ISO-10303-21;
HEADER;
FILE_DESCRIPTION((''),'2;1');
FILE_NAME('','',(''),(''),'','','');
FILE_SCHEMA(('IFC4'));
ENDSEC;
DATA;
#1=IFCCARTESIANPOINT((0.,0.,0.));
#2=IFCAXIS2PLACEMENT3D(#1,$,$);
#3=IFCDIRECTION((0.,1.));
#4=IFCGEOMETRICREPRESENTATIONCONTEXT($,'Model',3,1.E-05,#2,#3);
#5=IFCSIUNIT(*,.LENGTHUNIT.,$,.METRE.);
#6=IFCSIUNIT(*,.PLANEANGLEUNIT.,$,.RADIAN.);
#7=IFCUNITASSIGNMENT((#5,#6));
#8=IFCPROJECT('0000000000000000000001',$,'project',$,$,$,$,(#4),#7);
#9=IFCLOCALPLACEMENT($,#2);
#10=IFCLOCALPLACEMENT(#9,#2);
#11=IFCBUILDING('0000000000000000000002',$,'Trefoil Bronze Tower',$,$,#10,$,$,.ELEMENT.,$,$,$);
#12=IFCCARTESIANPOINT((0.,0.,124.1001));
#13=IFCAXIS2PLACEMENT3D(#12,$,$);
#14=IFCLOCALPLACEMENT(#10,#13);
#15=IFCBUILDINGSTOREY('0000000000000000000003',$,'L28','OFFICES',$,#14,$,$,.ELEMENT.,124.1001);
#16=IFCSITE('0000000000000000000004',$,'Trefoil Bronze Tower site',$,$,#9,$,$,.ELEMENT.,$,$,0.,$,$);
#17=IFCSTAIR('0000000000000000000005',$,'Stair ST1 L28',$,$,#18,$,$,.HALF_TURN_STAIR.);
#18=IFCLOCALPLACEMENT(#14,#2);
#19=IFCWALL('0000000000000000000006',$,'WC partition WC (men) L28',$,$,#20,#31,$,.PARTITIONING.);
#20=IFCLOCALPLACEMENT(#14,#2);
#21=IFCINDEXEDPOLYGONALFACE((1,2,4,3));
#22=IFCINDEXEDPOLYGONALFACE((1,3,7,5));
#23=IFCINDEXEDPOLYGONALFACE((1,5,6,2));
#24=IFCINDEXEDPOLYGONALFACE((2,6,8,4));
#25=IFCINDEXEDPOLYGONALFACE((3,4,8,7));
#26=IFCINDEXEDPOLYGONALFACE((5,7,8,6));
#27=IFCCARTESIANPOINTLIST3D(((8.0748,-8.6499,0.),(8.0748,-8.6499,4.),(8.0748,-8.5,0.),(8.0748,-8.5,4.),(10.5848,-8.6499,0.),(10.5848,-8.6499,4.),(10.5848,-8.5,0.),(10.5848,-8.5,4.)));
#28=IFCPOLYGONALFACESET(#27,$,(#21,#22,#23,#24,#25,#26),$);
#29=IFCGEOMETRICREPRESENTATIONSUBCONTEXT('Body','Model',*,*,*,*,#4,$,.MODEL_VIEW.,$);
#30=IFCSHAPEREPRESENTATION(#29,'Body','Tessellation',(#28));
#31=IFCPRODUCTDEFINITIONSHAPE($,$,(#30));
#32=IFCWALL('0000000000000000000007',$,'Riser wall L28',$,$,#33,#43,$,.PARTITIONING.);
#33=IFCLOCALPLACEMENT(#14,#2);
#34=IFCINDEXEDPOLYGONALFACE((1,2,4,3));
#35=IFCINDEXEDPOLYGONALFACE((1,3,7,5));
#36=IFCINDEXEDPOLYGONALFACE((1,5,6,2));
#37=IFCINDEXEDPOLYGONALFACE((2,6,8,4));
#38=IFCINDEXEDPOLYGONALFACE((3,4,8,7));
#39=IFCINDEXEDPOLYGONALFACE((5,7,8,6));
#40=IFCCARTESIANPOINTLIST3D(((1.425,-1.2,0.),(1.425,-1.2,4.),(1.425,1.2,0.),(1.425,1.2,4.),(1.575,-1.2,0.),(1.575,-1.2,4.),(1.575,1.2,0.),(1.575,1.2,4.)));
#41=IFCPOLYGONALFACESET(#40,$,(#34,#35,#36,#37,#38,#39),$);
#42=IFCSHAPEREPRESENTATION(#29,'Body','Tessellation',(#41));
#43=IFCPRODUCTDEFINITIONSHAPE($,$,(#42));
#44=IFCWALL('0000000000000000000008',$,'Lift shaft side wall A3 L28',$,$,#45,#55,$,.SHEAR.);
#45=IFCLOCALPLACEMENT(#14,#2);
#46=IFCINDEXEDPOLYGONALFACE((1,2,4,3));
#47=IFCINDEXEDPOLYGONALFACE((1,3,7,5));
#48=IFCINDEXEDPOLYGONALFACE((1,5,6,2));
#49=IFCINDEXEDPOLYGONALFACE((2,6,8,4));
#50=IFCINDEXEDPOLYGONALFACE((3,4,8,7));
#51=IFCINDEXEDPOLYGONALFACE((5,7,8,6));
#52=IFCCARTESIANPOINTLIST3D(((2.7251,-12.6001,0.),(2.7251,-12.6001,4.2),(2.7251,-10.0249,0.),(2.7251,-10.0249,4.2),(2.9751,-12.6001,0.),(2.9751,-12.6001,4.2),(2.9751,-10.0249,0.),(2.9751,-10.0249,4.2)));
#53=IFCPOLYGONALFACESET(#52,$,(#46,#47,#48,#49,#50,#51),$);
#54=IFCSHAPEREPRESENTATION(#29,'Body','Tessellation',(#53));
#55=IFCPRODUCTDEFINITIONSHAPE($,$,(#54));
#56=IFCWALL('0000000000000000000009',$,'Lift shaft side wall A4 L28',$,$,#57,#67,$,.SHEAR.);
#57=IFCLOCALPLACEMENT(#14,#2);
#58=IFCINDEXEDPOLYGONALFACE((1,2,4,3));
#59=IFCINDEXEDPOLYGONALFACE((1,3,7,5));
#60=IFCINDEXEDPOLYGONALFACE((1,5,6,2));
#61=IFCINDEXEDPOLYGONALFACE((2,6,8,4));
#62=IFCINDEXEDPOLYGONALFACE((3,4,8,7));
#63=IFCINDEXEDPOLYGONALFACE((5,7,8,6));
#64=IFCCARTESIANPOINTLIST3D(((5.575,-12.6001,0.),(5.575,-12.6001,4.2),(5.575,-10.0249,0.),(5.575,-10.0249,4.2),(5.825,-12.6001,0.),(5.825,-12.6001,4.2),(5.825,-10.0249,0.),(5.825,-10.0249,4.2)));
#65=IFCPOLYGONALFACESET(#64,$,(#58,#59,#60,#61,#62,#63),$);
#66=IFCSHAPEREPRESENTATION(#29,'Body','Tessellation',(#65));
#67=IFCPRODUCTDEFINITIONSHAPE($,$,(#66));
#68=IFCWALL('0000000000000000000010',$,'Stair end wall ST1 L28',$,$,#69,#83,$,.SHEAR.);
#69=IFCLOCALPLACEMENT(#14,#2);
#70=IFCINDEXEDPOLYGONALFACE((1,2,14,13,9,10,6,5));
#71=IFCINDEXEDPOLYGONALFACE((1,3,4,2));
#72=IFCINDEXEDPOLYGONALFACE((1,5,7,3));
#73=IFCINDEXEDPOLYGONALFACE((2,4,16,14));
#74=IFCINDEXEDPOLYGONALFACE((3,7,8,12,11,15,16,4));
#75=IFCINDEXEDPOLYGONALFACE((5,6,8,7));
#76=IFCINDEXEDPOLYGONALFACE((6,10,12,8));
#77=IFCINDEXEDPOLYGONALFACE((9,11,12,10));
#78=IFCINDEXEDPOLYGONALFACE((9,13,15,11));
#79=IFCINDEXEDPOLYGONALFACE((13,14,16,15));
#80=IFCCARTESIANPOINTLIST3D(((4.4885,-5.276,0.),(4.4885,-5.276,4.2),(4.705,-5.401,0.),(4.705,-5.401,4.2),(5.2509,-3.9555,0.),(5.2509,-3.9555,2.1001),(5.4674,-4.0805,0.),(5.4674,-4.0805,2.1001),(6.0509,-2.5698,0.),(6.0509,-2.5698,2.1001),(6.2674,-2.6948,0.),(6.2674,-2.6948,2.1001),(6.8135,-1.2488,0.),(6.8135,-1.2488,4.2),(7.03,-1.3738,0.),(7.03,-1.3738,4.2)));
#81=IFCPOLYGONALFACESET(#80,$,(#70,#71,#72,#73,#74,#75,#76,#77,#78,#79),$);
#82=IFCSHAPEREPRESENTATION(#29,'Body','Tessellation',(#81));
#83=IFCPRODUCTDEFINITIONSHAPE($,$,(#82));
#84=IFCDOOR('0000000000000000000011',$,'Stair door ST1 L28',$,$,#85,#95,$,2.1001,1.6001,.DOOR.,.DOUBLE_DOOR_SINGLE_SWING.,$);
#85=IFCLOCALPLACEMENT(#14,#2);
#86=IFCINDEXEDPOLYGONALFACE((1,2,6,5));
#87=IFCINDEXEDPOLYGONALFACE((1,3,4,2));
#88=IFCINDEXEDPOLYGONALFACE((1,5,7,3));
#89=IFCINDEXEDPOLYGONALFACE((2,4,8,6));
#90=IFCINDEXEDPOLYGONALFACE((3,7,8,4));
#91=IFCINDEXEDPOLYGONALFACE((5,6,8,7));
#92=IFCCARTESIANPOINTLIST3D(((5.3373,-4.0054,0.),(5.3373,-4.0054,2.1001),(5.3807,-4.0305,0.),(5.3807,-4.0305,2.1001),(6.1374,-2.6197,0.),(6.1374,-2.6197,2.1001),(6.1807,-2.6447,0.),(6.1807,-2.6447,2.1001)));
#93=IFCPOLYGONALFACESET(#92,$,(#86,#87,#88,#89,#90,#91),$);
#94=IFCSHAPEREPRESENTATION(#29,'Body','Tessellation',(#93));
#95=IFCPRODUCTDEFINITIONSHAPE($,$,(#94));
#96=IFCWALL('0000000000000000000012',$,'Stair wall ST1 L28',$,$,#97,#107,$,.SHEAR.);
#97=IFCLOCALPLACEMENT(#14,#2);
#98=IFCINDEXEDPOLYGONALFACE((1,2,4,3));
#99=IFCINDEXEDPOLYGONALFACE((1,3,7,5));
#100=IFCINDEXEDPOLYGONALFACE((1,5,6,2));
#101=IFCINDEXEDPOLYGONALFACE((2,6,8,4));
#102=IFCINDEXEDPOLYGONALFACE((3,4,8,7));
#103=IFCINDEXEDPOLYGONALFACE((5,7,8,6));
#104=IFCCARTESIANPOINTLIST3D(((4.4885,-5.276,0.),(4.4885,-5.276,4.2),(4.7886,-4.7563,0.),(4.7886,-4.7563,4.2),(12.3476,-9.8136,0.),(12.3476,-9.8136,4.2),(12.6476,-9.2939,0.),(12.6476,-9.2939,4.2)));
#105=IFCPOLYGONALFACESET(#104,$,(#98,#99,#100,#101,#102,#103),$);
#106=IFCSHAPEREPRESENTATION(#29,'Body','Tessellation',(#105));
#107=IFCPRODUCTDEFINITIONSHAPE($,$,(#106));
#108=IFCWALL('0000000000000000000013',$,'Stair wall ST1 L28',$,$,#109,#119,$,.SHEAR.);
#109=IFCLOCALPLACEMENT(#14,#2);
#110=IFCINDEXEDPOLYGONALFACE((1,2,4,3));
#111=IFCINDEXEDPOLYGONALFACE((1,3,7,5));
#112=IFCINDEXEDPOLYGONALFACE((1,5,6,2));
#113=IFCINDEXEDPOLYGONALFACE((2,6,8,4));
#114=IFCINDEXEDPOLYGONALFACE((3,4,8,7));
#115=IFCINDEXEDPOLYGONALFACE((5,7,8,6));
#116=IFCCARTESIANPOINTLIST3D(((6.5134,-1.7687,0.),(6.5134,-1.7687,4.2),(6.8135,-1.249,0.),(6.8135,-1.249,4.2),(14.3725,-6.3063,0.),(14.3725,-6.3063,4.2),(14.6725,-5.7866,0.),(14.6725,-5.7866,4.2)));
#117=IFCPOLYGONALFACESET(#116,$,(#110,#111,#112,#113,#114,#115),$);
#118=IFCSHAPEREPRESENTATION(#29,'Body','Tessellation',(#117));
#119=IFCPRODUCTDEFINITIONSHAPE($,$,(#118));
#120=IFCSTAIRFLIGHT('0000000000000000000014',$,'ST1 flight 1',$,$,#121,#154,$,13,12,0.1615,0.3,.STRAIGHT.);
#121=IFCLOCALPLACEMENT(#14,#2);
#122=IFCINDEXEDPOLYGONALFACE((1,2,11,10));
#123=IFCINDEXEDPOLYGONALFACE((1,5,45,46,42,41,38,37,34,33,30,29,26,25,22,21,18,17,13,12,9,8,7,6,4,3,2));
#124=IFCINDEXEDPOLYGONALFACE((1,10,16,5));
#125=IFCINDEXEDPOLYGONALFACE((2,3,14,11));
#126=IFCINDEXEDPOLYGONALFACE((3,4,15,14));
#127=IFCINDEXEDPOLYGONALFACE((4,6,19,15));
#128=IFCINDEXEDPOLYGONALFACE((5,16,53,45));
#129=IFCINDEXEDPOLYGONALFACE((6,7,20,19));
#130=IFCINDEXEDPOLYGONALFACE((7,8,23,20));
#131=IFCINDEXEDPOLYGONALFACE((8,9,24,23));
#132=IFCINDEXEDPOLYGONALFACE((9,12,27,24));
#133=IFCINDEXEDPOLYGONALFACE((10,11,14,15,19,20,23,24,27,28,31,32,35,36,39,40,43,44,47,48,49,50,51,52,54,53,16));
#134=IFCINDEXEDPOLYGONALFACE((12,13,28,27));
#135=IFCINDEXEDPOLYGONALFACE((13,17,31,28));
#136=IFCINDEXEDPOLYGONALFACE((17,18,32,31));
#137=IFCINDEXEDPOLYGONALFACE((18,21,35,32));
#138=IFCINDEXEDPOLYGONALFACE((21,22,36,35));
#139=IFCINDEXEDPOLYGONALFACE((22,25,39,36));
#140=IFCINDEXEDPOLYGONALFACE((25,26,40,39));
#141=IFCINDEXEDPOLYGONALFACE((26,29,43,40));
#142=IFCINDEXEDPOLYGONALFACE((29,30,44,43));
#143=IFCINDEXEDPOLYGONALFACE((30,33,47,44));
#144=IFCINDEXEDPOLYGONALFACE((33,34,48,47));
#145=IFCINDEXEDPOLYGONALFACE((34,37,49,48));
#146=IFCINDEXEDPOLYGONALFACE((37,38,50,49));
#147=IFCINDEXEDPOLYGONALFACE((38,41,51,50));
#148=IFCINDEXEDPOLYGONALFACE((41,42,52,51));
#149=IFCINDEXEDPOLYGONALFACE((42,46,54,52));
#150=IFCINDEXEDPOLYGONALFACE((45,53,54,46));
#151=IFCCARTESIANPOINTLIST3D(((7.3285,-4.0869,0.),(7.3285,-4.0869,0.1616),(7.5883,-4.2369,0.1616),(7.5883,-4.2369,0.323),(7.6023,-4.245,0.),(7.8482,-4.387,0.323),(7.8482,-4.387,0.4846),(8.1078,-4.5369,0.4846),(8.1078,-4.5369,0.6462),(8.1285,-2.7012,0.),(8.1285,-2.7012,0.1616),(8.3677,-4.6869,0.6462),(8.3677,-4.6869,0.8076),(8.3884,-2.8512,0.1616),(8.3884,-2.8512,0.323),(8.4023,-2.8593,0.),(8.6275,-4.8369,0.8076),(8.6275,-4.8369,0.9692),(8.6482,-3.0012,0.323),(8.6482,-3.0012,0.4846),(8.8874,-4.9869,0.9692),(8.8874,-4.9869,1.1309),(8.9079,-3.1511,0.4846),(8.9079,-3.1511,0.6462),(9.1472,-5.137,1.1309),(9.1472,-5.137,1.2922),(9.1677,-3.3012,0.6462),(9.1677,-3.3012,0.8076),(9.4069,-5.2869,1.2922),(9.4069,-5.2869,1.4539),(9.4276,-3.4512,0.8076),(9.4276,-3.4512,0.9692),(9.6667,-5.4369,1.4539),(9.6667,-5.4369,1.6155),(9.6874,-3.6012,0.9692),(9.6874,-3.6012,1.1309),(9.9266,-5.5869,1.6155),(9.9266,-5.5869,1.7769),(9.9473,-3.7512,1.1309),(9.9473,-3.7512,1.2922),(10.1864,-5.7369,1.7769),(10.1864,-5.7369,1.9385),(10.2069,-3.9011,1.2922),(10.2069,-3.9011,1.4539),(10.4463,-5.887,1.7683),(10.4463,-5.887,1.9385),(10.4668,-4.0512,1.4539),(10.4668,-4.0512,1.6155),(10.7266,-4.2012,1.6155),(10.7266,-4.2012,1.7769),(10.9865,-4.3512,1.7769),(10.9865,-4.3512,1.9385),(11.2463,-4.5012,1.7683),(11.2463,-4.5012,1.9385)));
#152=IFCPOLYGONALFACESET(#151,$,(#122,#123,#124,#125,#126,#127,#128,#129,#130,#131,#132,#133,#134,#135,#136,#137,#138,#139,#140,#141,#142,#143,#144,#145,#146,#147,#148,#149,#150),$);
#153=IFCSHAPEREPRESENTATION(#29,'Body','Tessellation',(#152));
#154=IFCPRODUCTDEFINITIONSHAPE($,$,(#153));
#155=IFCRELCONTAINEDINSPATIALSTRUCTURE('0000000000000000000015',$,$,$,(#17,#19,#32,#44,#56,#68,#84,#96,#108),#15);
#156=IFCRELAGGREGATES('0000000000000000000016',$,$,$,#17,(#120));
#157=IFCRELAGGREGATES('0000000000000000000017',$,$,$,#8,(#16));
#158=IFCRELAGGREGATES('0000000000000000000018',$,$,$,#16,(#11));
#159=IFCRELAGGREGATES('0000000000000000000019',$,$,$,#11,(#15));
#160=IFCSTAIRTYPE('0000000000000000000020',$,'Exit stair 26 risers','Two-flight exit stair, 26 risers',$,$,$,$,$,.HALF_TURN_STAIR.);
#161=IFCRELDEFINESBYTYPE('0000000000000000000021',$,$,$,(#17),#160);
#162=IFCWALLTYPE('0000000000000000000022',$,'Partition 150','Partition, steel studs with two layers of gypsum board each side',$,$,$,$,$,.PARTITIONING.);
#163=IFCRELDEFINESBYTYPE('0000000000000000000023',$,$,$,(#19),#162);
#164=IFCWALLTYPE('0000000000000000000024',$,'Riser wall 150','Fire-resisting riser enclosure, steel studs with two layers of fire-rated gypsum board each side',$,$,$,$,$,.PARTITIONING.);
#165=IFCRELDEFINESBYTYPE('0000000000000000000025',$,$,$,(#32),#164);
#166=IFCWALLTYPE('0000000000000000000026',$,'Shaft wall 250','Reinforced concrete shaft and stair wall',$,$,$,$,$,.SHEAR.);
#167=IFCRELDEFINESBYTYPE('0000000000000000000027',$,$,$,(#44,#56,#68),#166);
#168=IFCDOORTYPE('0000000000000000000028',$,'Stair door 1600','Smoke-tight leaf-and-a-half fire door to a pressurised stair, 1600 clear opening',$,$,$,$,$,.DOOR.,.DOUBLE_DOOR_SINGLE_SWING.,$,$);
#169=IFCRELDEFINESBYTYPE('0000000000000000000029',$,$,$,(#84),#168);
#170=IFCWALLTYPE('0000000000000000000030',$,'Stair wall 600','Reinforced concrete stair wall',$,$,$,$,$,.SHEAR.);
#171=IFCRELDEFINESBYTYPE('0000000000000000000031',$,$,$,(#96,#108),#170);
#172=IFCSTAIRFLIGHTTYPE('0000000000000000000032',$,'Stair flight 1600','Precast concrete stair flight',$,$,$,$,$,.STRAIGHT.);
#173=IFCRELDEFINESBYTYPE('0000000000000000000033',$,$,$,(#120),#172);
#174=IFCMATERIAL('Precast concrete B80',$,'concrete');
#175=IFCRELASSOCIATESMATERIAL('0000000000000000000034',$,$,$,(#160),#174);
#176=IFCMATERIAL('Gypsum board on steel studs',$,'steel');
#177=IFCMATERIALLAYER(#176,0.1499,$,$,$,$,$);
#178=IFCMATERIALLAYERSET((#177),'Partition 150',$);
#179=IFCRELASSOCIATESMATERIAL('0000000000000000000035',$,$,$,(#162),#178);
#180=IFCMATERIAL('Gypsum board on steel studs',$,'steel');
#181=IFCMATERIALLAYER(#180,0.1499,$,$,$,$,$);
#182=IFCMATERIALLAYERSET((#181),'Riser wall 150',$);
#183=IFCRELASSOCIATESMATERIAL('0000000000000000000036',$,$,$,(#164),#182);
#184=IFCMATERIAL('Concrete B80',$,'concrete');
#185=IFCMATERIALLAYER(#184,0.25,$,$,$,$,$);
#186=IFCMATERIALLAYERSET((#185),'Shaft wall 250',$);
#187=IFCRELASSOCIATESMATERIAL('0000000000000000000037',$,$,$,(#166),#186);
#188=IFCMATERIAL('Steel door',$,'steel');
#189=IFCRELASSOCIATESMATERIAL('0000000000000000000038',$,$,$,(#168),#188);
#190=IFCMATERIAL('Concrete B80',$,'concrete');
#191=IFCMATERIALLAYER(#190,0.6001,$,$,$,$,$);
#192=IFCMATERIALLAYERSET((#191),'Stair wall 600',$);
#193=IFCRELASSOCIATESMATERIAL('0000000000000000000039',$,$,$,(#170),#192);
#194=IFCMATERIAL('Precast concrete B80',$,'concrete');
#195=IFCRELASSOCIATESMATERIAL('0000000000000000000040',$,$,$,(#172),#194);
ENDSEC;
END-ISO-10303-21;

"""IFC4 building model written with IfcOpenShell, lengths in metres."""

from ifc_helpers import new_model, si_unit, direction, frame, frame_2d, origin, place, context, subcontext, project, spatial, polyline, rectangle, outline, extrude, material, layer, layer_set, type_object, element, fill, aggregate, save


model = new_model("IFC4")

# Units and contexts
model_context = context("Model", 3, precision=1e-05, world=origin(), true_north=direction((0.0, 1.0)))
body_context = subcontext(model_context, "Body", "Model", "MODEL_VIEW")
ifc_project = project(units=[si_unit("LENGTHUNIT", "METRE"), si_unit("PLANEANGLEUNIT", "RADIAN")], contexts=[model_context])

# Site, building, storey
site_placement = place(None, origin())
site = spatial("IfcSite", under=ifc_project, at=site_placement, Name="Trefoil Bronze Tower site", CompositionType="ELEMENT", RefElevation=0.0)
building_placement = place(site_placement, origin())
building = spatial("IfcBuilding", under=site, at=building_placement, Name="Trefoil Bronze Tower", CompositionType="ELEMENT")
storey_placement = place(building_placement, frame((0.0, 0.0, 124.1001)))
storey = spatial("IfcBuildingStorey", under=building, at=storey_placement, Name="L28", Description="OFFICES", CompositionType="ELEMENT", Elevation=124.1001)

# Stair
ifc_material_1 = material(Name="Precast concrete B80", Category="concrete")
stair_type = type_object("IfcStairType", Name="Exit stair 26 risers", Description="Two-flight exit stair, 26 risers", PredefinedType="HALF_TURN_STAIR", material=ifc_material_1)
stair_1_placement = place(storey_placement, origin())
stair_1 = element("IfcStair", 1, at=stair_1_placement, inside=storey, type_object=stair_type, Name="Stair ST1 L28", PredefinedType="HALF_TURN_STAIR")

# Shared definitions
ifc_material_2 = material(Name="Gypsum board on steel studs", Category="steel")
ifc_layer_1 = layer(ifc_material_2, 0.1499)
ifc_layer_set_1 = layer_set([ifc_layer_1], Name="Partition 150")
wall_type_1 = type_object("IfcWallType", Name="Partition 150", Description="Partition, steel studs with two layers of gypsum board each side", PredefinedType="PARTITIONING", material=ifc_layer_set_1)

# Walls
wall_1_placement = place(storey_placement, frame((8.075, -8.575, 0.0), z_axis=(0.0, 0.0, 1.0), x_axis=(1.0, 0.0, 0.0)))
element("IfcWall", 2, at=wall_1_placement, inside=storey, type_object=wall_type_1, Name="WC partition WC (men) L28", PredefinedType="PARTITIONING", context=body_context, shape_type="SweptSolid", body=[
    extrude(rectangle(XDim=2.51, YDim=0.1499, at=frame_2d((1.2549, 0.0))), origin(), (0.0, 0.0, 1.0), 4.0),
])
ifc_material_3 = material(Name="Gypsum board on steel studs", Category="steel")
ifc_layer_2 = layer(ifc_material_3, 0.1499)
ifc_layer_set_2 = layer_set([ifc_layer_2], Name="Riser wall 150")
wall_type_2 = type_object("IfcWallType", Name="Riser wall 150", Description="Fire-resisting riser enclosure, steel studs with two layers of fire-rated gypsum board each side", PredefinedType="PARTITIONING", material=ifc_layer_set_2)
wall_2_placement = place(storey_placement, frame((1.5, -1.2, 0.0), z_axis=(0.0, 0.0, 1.0), x_axis=(0.0, 1.0, 0.0)))
element("IfcWall", 3, at=wall_2_placement, inside=storey, type_object=wall_type_2, Name="Riser wall L28", PredefinedType="PARTITIONING", context=body_context, shape_type="SweptSolid", body=[
    extrude(rectangle(XDim=2.3999, YDim=0.1499, at=frame_2d((1.2, 0.0))), origin(), (0.0, 0.0, 1.0), 4.0),
])
ifc_material_4 = material(Name="Concrete B80", Category="concrete")
ifc_layer_3 = layer(ifc_material_4, 0.25)
ifc_layer_set_3 = layer_set([ifc_layer_3], Name="Shaft wall 250")
wall_type_3 = type_object("IfcWallType", Name="Shaft wall 250", Description="Reinforced concrete shaft and stair wall", PredefinedType="SHEAR", material=ifc_layer_set_3)
for number, where, z_axis, x_axis, name in (
    (4, (2.8501, -10.0249, 0.0), (0.0, 0.0, 1.0), (0.0, -1.0, 0.0), "Lift shaft side wall A3 L28"),
    (5, (5.7, -10.0249, 0.0), (0.0, 0.0, 1.0), (0.0, -1.0, 0.0), "Lift shaft side wall A4 L28"),
):
    element("IfcWall", number, at=place(storey_placement, frame(where, z_axis=z_axis, x_axis=x_axis)), inside=storey, type_object=wall_type_3, Name=name, PredefinedType="SHEAR", context=body_context, shape_type="SweptSolid", body=[
        extrude(rectangle(XDim=2.5752, YDim=0.25, at=frame_2d((1.2876, 0.0))), origin(), (0.0, 0.0, 1.0), 4.2),
    ])

# Wall, opening, door
wall_3_placement = place(storey_placement, frame((4.5967, -5.3386, 0.0), z_axis=(0.0, 0.0, 1.0), x_axis=(0.499985, 0.866034, 0.0)))
wall_3 = element("IfcWall", 6, at=wall_3_placement, inside=storey, type_object=wall_type_3, Name="Stair end wall ST1 L28", PredefinedType="SHEAR", context=body_context, shape_type="SweptSolid", body=[
    extrude(rectangle(XDim=4.6501, YDim=0.25, at=frame_2d((2.3252, 0.0))), origin(), (0.0, 0.0, 1.0), 4.2),
])
opening_1_placement = place(wall_3_placement, frame((1.5249, 0.0, 0.0)))
opening_1 = element("IfcOpeningElement", 7, at=opening_1_placement, cuts=wall_3, PredefinedType="OPENING", context=body_context, shape_type="SweptSolid", body=[
    extrude(rectangle(XDim=1.6001, YDim=2.1001, at=frame_2d((0.8, 1.05))), frame((0.0, 0.135, 0.0), z_axis=(0.0, -1.0, 0.0), x_axis=(1.0, 0.0, 0.0)), (0.0, 0.0, 1.0), 0.27),
])
ifc_material_5 = material(Name="Steel door", Category="steel")
door_type_1 = type_object("IfcDoorType", Name="Stair door 1600", Description="Smoke-tight leaf-and-a-half fire door to a pressurised stair, 1600 clear opening", OperationType="DOUBLE_DOOR_SINGLE_SWING", PredefinedType="DOOR", material=ifc_material_5)
door_1_placement = place(opening_1_placement, frame((1.6001, 0.0, 0.0), z_axis=(0.0, 0.0, 1.0), x_axis=(-1.0, 0.0, 0.0)))
door_1 = element("IfcDoor", 8, at=door_1_placement, inside=storey, type_object=door_type_1, Name="Stair door ST1 L28", OperationType="DOUBLE_DOOR_SINGLE_SWING", OverallHeight=2.1001, OverallWidth=1.6001, PredefinedType="DOOR", context=body_context, shape_type="SweptSolid", body=[
    extrude(rectangle(XDim=1.6001, YDim=2.1001, at=frame_2d((0.8, 1.05))), frame((0.0, 0.0249, 0.0), z_axis=(0.0, -1.0, 0.0), x_axis=(1.0, 0.0, 0.0)), (0.0, 0.0, 1.0), 0.05),
])
fill(opening_1, door_1)

# Walls
ifc_material_6 = material(Name="Concrete B80", Category="concrete")
ifc_layer_4 = layer(ifc_material_6, 0.6001)
ifc_layer_set_4 = layer_set([ifc_layer_4], Name="Stair wall 600")
wall_type_4 = type_object("IfcWallType", Name="Stair wall 600", Description="Reinforced concrete stair wall", PredefinedType="SHEAR", material=ifc_layer_set_4)
for number, where, z_axis, x_axis, name in (
    (9, (4.6384, -5.0161, 0.0), (0.0, 0.0, 1.0), (0.866019, -0.50001, 0.0), "Stair wall ST1 L28"),
    (10, (6.6633, -1.5088, 0.0), (0.0, 0.0, 1.0), (0.866019, -0.50001, 0.0), "Stair wall ST1 L28"),
):
    element("IfcWall", number, at=place(storey_placement, frame(where, z_axis=z_axis, x_axis=x_axis)), inside=storey, type_object=wall_type_4, Name=name, PredefinedType="SHEAR", context=body_context, shape_type="SweptSolid", body=[
        extrude(rectangle(XDim=9.075, YDim=0.6001, at=frame_2d((4.5376, 0.0))), origin(), (0.0, 0.0, 1.0), 4.2),
    ])

# Stair flight
ifc_material_7 = material(Name="Precast concrete B80", Category="concrete")
stair_flight_type = type_object("IfcStairFlightType", Name="Stair flight 1600", Description="Precast concrete stair flight", PredefinedType="STRAIGHT", material=ifc_material_7)
stair_flight_placement = place(storey_placement, frame((7.7285, -3.394, 0.0), z_axis=(0.0, 0.0, 1.0), x_axis=(0.866025, -0.5, 0.0)))
stair_flight = element("IfcStairFlight", 11, at=stair_flight_placement, type_object=stair_flight_type, Name="ST1 flight 1", NumberOfRisers=13, NumberOfTreads=12, PredefinedType="STRAIGHT", RiserHeight=0.1615, TreadLength=0.3, context=body_context, shape_type="SweptSolid", body=[
    extrude(outline(polyline([(0.0, 0.0), (0.0, 0.1616), (0.3, 0.1616), (0.3, 0.323), (0.6001, 0.323), (0.6001, 0.4846), (0.8999, 0.4846), (0.8999, 0.6462), (1.2, 0.6462), (1.2, 0.8076), (1.5, 0.8076), (1.5, 0.9692), (1.8, 0.9692), (1.8, 1.1309), (2.1001, 1.1309), (2.1001, 1.2922), (2.3999, 1.2922), (2.3999, 1.4539), (2.7, 1.4539), (2.7, 1.6155), (3.0, 1.6155), (3.0, 1.7769), (3.3, 1.7769), (3.3, 1.9385), (3.6001, 1.9385), (3.6001, 2.1001), (3.6001, 1.7683), (0.3162, 0.0), (0.0, 0.0)])), frame((0.0, 0.8, 0.0), z_axis=(0.0, -1.0, 0.0), x_axis=(1.0, 0.0, 0.0)), (0.0, 0.0, 1.0), 1.6001),
])
aggregate(stair_1, [stair_flight])

save(model, "model.ifc")
